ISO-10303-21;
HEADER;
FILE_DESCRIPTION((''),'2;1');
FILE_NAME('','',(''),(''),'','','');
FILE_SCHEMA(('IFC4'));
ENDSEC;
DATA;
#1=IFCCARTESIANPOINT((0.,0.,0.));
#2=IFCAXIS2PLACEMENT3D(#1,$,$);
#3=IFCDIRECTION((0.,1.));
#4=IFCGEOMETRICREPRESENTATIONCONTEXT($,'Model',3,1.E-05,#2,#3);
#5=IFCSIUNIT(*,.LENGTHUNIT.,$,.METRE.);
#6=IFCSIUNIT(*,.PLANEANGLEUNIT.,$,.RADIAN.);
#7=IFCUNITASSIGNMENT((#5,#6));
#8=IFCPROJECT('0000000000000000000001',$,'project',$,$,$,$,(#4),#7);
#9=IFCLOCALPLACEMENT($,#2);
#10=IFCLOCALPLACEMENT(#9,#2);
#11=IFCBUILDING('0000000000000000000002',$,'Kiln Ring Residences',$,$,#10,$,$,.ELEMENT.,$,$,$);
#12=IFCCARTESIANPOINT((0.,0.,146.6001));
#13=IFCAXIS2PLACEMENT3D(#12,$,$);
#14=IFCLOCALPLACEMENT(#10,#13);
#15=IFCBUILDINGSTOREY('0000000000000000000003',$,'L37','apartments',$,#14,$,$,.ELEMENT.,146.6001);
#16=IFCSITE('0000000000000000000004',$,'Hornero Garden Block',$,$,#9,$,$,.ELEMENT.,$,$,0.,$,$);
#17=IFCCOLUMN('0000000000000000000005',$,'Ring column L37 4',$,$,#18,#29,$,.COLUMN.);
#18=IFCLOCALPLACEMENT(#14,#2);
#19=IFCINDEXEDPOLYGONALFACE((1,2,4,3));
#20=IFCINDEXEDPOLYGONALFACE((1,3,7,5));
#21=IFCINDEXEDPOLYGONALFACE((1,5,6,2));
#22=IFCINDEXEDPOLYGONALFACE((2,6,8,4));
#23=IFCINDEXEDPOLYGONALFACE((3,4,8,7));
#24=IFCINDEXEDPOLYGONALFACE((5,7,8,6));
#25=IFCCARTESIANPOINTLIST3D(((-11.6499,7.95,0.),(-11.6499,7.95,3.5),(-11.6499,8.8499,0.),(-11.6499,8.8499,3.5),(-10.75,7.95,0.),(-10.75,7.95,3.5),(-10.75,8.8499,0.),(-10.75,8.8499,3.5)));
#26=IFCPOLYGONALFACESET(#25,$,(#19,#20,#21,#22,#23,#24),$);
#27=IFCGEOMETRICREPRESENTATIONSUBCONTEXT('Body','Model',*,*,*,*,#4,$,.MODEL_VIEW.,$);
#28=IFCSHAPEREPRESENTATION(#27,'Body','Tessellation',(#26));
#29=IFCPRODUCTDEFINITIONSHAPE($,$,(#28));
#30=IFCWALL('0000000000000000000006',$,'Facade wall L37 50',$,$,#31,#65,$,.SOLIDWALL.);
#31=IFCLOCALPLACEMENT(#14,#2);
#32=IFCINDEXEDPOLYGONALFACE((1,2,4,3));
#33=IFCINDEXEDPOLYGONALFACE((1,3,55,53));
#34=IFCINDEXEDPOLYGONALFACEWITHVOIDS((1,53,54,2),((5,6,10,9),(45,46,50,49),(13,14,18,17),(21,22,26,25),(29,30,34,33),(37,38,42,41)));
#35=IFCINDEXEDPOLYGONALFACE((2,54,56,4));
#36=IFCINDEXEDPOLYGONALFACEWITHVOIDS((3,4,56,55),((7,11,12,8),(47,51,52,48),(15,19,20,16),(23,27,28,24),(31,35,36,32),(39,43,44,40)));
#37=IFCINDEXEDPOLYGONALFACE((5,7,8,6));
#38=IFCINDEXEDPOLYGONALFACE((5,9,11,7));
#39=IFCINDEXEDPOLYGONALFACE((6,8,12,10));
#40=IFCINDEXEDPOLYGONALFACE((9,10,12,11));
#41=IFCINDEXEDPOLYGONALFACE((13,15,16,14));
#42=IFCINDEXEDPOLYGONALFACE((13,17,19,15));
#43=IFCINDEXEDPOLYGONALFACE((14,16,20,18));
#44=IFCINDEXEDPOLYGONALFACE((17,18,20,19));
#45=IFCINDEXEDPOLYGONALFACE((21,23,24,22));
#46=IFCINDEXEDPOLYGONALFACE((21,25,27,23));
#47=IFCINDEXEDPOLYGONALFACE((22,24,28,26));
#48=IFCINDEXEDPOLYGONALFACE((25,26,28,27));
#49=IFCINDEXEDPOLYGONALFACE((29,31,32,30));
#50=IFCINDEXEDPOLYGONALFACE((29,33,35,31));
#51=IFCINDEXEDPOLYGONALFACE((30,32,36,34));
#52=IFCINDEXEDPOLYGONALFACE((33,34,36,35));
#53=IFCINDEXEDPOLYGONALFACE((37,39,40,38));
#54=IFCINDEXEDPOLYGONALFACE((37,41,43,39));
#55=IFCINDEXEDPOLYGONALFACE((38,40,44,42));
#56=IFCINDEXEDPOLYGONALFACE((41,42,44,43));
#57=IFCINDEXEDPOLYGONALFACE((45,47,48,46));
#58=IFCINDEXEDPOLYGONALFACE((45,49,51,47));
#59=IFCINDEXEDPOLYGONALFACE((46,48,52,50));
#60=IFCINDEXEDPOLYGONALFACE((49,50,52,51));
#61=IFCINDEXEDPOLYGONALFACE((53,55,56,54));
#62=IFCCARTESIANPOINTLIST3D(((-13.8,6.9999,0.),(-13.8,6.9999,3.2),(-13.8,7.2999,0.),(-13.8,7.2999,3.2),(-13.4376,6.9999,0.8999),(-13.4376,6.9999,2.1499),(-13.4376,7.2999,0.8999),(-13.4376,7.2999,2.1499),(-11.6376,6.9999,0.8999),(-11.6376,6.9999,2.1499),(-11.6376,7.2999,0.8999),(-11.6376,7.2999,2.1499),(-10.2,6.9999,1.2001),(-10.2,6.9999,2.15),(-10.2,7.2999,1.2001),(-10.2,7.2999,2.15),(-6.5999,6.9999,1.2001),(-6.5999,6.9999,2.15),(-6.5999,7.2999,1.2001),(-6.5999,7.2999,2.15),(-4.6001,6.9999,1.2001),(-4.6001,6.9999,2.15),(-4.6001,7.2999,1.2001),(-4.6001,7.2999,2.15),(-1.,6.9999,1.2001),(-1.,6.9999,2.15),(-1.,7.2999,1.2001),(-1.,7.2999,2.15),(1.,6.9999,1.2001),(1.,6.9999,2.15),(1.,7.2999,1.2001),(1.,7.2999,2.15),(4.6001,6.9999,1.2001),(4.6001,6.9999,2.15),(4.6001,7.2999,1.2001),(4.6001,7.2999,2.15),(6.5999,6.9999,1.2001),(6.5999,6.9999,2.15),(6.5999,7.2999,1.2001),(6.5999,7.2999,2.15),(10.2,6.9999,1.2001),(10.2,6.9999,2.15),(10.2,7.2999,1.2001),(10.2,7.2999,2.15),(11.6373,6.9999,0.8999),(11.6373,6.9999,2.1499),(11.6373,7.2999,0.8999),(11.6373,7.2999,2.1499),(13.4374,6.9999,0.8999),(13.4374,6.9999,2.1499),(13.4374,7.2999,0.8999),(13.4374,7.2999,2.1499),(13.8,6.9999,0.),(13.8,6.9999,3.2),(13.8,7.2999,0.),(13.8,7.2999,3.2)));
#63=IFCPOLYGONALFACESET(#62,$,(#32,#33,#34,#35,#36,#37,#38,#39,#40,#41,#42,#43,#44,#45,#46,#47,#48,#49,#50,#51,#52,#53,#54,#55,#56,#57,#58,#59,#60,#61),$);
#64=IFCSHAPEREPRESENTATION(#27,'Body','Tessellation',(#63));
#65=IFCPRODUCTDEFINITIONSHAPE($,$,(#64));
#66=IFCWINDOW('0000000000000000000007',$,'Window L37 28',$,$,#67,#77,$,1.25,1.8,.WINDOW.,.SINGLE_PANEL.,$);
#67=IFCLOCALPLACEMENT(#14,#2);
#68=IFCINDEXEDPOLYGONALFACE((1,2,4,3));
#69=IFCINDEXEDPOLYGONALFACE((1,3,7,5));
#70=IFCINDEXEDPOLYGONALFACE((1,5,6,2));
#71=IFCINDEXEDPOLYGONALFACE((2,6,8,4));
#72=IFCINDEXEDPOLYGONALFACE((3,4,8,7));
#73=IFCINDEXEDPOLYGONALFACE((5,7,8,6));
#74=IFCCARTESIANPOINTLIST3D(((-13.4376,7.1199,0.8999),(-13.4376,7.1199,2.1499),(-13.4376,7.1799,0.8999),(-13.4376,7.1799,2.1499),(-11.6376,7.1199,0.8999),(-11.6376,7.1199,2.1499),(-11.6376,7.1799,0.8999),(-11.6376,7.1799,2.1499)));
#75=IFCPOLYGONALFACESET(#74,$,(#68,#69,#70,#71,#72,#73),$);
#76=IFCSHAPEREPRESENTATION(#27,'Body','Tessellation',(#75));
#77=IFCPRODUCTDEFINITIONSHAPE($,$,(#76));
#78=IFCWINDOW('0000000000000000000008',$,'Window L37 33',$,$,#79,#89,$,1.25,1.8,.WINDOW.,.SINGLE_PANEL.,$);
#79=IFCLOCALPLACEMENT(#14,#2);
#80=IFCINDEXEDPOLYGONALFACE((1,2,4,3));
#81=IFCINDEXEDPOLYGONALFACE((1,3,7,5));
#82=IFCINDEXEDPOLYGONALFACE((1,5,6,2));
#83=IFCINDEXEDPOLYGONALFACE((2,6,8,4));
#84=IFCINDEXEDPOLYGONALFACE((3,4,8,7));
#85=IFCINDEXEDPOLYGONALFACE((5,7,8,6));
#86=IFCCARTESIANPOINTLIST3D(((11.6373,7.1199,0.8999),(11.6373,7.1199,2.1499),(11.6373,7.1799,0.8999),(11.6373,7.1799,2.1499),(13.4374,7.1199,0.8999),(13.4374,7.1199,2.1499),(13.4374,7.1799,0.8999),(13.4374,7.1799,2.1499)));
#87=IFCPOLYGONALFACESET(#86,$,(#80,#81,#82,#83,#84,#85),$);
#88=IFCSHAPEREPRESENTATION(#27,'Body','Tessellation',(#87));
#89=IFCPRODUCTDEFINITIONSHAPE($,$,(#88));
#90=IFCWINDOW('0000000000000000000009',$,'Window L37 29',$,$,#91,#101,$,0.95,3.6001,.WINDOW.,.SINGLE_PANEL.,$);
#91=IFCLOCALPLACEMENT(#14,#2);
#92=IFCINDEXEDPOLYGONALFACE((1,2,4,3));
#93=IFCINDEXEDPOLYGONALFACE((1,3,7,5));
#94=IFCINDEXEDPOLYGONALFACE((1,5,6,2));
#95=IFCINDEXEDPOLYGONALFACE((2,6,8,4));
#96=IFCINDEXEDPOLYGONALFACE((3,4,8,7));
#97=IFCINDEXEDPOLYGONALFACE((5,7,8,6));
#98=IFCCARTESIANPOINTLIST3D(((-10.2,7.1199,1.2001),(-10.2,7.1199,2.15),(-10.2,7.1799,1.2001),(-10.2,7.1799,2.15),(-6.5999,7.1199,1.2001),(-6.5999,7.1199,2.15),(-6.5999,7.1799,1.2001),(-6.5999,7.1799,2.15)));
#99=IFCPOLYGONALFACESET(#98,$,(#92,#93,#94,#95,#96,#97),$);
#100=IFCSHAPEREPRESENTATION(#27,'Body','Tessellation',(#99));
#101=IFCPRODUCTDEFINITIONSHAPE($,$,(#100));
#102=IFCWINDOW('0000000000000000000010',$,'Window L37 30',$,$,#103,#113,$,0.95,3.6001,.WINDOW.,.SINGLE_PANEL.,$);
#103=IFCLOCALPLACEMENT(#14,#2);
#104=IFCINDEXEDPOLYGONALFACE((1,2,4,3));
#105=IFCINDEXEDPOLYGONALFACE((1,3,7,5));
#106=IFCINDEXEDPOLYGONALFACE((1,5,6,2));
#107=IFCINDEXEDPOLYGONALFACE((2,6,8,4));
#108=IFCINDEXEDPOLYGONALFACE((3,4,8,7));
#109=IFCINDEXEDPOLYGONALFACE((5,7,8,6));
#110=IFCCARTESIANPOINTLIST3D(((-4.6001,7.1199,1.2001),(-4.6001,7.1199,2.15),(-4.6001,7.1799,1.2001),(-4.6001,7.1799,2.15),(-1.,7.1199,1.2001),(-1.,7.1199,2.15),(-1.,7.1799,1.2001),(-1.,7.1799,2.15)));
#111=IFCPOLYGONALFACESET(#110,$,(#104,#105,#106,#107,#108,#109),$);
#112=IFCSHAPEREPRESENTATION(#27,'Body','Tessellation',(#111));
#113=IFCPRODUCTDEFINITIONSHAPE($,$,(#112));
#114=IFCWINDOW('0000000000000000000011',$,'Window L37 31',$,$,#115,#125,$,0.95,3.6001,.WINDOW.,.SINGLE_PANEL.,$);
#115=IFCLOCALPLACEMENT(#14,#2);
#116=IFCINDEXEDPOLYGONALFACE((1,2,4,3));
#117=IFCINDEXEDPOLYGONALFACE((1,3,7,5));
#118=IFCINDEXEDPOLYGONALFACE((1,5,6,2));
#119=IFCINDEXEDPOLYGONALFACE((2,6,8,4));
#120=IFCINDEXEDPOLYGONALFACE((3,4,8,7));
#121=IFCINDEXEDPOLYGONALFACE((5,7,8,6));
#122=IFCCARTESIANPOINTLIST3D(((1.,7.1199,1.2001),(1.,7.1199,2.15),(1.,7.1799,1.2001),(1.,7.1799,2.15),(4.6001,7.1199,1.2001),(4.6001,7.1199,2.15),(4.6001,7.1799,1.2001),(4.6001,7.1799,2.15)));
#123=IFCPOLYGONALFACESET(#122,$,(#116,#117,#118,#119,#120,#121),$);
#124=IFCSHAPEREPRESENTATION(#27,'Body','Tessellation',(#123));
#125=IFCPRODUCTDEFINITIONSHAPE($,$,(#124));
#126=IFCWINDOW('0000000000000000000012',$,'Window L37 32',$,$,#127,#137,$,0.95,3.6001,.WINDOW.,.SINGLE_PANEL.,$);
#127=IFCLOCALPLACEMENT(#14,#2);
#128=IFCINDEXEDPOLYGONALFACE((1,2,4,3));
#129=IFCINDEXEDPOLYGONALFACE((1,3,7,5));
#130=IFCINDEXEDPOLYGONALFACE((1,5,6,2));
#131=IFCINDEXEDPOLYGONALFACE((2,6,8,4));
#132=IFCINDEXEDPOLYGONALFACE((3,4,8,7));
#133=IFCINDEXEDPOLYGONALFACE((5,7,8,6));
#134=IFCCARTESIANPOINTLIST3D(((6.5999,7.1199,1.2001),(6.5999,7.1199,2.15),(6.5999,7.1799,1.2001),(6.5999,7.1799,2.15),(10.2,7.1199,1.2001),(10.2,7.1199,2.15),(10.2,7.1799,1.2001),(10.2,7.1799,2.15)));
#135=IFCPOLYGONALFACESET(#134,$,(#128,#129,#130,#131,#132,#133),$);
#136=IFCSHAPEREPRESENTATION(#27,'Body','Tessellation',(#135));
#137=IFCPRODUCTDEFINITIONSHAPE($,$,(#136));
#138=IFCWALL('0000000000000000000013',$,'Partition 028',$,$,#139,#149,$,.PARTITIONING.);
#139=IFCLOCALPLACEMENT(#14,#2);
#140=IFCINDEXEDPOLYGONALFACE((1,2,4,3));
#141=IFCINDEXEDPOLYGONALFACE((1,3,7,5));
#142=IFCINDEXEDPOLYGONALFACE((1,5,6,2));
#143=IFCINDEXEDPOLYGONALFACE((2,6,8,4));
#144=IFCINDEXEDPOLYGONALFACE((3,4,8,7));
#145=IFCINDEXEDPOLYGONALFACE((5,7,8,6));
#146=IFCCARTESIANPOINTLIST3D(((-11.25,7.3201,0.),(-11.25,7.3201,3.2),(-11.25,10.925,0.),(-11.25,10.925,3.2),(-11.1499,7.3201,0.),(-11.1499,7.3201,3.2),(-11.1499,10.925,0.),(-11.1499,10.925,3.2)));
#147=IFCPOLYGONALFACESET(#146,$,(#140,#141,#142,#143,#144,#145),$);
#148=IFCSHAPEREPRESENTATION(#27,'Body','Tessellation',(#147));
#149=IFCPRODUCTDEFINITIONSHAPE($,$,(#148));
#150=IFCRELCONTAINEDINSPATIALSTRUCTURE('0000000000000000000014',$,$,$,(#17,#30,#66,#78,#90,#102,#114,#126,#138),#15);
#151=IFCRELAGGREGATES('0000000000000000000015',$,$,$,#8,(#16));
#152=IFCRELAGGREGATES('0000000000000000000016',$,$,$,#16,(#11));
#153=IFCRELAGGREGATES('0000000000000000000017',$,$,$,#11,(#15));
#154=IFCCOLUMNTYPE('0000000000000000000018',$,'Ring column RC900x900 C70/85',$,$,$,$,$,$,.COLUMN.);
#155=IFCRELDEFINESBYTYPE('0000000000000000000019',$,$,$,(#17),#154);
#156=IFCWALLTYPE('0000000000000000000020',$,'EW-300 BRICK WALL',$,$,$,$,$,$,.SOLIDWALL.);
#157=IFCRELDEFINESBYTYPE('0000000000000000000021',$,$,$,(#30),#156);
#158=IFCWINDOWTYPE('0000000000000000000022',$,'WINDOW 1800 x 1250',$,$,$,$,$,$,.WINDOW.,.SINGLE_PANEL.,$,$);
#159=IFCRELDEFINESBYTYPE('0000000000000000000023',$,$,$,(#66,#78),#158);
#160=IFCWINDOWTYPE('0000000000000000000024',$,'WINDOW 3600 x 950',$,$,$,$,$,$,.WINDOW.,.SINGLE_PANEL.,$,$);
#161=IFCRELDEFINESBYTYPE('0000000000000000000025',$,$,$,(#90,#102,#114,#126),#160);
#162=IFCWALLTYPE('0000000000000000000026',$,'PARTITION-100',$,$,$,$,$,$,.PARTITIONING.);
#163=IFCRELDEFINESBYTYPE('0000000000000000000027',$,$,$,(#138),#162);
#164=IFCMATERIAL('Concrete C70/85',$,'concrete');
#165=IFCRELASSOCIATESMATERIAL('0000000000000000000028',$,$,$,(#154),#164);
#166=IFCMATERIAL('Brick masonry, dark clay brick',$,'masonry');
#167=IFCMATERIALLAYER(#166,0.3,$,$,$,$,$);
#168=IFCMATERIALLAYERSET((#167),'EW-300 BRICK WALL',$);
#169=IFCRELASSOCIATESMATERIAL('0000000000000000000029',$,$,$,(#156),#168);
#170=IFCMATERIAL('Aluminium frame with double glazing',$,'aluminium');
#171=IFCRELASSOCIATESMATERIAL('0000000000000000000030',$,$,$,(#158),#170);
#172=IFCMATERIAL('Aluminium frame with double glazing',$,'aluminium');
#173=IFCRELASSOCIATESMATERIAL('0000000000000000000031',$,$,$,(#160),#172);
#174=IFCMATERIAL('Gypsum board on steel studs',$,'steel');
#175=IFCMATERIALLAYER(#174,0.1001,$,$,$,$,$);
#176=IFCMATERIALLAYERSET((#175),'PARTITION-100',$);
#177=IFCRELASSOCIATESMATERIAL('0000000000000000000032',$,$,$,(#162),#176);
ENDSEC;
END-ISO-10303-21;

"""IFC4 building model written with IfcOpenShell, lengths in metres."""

from ifc_helpers import new_model, si_unit, direction, frame, frame_2d, origin, origin_2d, place, context, subcontext, project, spatial, rectangle, extrude, material, layer, layer_set, material_profile, profile_set, type_object, element, fill, save


model = new_model("IFC4")

# Units and contexts
model_context = context("Model", 3, precision=1e-05, world=origin(), true_north=direction((0.0, 1.0)))
body_context = subcontext(model_context, "Body", "Model", "MODEL_VIEW")
ifc_project = project(units=[si_unit("LENGTHUNIT", "METRE"), si_unit("PLANEANGLEUNIT", "RADIAN")], contexts=[model_context])

# Site, building, storey
site_placement = place(None, origin())
site = spatial("IfcSite", under=ifc_project, at=site_placement, Name="Hornero Garden Block", CompositionType="ELEMENT", RefElevation=0.0)
building_placement = place(site_placement, origin())
building = spatial("IfcBuilding", under=site, at=building_placement, Name="Kiln Ring Residences", CompositionType="ELEMENT")
storey_placement = place(building_placement, frame((0.0, 0.0, 146.6001)))
storey = spatial("IfcBuildingStorey", under=building, at=storey_placement, Name="L37", Description="apartments", CompositionType="ELEMENT", Elevation=146.6001)

# Column
ifc_material_1 = material(Name="Concrete C70/85", Category="concrete")
ifc_material_profile = material_profile(ifc_material_1, rectangle(XDim=0.8999, YDim=0.8999, at=origin_2d()), Name="RC900x900")
ifc_profile_set = profile_set([ifc_material_profile], Name="Concrete C70/85")
column_type = type_object("IfcColumnType", Name="Ring column RC900x900 C70/85", PredefinedType="COLUMN", material=ifc_profile_set)
column_placement = place(storey_placement, frame((-11.2, 8.3999, 0.0), z_axis=(0.0, 0.0, 1.0), x_axis=(1.0, 0.0, 0.0)))
element("IfcColumn", 1, at=column_placement, inside=storey, type_object=column_type, Name="Ring column L37 4", PredefinedType="COLUMN", context=body_context, shape_type="SweptSolid", body=[
    extrude(rectangle(XDim=0.8999, YDim=0.8999, at=origin_2d()), origin(), (0.0, 0.0, 1.0), 3.5),
])

# Wall, openings, windows
ifc_material_2 = material(Name="Brick masonry, dark clay brick", Category="masonry")
ifc_layer_1 = layer(ifc_material_2, 0.3)
ifc_layer_set_1 = layer_set([ifc_layer_1], Name="EW-300 BRICK WALL")
wall_type_1 = type_object("IfcWallType", Name="EW-300 BRICK WALL", PredefinedType="SOLIDWALL", material=ifc_layer_set_1)
wall_1_placement = place(storey_placement, frame((-13.8, 7.1499, 0.0), z_axis=(0.0, 0.0, 1.0), x_axis=(1.0, 0.0, 0.0)))
wall_1 = element("IfcWall", 2, at=wall_1_placement, inside=storey, type_object=wall_type_1, Name="Facade wall L37 50", PredefinedType="SOLIDWALL", context=body_context, shape_type="SweptSolid", body=[
    extrude(rectangle(XDim=27.6001, YDim=0.3, at=frame_2d((13.8, 0.0))), origin(), (0.0, 0.0, 1.0), 3.2),
])
opening_1_placement = place(wall_1_placement, frame((0.3625, 0.0, 0.8999)))
opening_1 = element("IfcOpeningElement", 3, at=opening_1_placement, cuts=wall_1, PredefinedType="OPENING", context=body_context, shape_type="SweptSolid", body=[
    extrude(rectangle(XDim=1.8, YDim=1.25, at=frame_2d((0.8999, 0.625))), frame((0.0, 0.1599, 0.0), z_axis=(0.0, -1.0, 0.0), x_axis=(1.0, 0.0, 0.0)), (0.0, 0.0, 1.0), 0.3201),
])
opening_2_placement = place(wall_1_placement, frame((3.6001, 0.0, 1.2)))
opening_2 = element("IfcOpeningElement", 4, at=opening_2_placement, cuts=wall_1, PredefinedType="OPENING", context=body_context, shape_type="SweptSolid", body=[
    extrude(rectangle(XDim=3.6001, YDim=0.95, at=frame_2d((1.8, 0.4751))), frame((0.0, 0.1599, 0.0), z_axis=(0.0, -1.0, 0.0), x_axis=(1.0, 0.0, 0.0)), (0.0, 0.0, 1.0), 0.3201),
])
opening_3_placement = place(wall_1_placement, frame((9.2, 0.0, 1.2)))
opening_3 = element("IfcOpeningElement", 5, at=opening_3_placement, cuts=wall_1, PredefinedType="OPENING", context=body_context, shape_type="SweptSolid", body=[
    extrude(rectangle(XDim=3.6001, YDim=0.95, at=frame_2d((1.8, 0.4751))), frame((0.0, 0.1599, 0.0), z_axis=(0.0, -1.0, 0.0), x_axis=(1.0, 0.0, 0.0)), (0.0, 0.0, 1.0), 0.3201),
])
opening_4_placement = place(wall_1_placement, frame((14.8, 0.0, 1.2)))
opening_4 = element("IfcOpeningElement", 6, at=opening_4_placement, cuts=wall_1, PredefinedType="OPENING", context=body_context, shape_type="SweptSolid", body=[
    extrude(rectangle(XDim=3.6001, YDim=0.95, at=frame_2d((1.8, 0.4751))), frame((0.0, 0.1599, 0.0), z_axis=(0.0, -1.0, 0.0), x_axis=(1.0, 0.0, 0.0)), (0.0, 0.0, 1.0), 0.3201),
])
opening_5_placement = place(wall_1_placement, frame((20.3999, 0.0, 1.2)))
opening_5 = element("IfcOpeningElement", 7, at=opening_5_placement, cuts=wall_1, PredefinedType="OPENING", context=body_context, shape_type="SweptSolid", body=[
    extrude(rectangle(XDim=3.6001, YDim=0.95, at=frame_2d((1.8, 0.4751))), frame((0.0, 0.1599, 0.0), z_axis=(0.0, -1.0, 0.0), x_axis=(1.0, 0.0, 0.0)), (0.0, 0.0, 1.0), 0.3201),
])
opening_6_placement = place(wall_1_placement, frame((25.4375, 0.0, 0.8999)))
opening_6 = element("IfcOpeningElement", 8, at=opening_6_placement, cuts=wall_1, PredefinedType="OPENING", context=body_context, shape_type="SweptSolid", body=[
    extrude(rectangle(XDim=1.8, YDim=1.25, at=frame_2d((0.8999, 0.625))), frame((0.0, 0.1599, 0.0), z_axis=(0.0, -1.0, 0.0), x_axis=(1.0, 0.0, 0.0)), (0.0, 0.0, 1.0), 0.3201),
])
ifc_material_3 = material(Name="Aluminium frame with double glazing", Category="aluminium")
window_type_1 = type_object("IfcWindowType", Name="WINDOW 1800 x 1250", PartitioningType="SINGLE_PANEL", PredefinedType="WINDOW", material=ifc_material_3)
window_1_placement = place(opening_1_placement, origin())
window_1 = element("IfcWindow", 9, at=window_1_placement, inside=storey, type_object=window_type_1, Name="Window L37 28", OverallHeight=1.25, OverallWidth=1.8, PartitioningType="SINGLE_PANEL", PredefinedType="WINDOW", context=body_context, shape_type="SweptSolid", body=[
    extrude(rectangle(XDim=1.8, YDim=1.25, at=frame_2d((0.8999, 0.625))), frame((0.0, 0.03, 0.0), z_axis=(0.0, -1.0, 0.0), x_axis=(1.0, 0.0, 0.0)), (0.0, 0.0, 1.0), 0.0601),
])
fill(opening_1, window_1)
window_2_placement = place(opening_6_placement, origin())
window_2 = element("IfcWindow", 10, at=window_2_placement, inside=storey, type_object=window_type_1, Name="Window L37 33", OverallHeight=1.25, OverallWidth=1.8, PartitioningType="SINGLE_PANEL", PredefinedType="WINDOW", context=body_context, shape_type="SweptSolid", body=[
    extrude(rectangle(XDim=1.8, YDim=1.25, at=frame_2d((0.8999, 0.625))), frame((0.0, 0.03, 0.0), z_axis=(0.0, -1.0, 0.0), x_axis=(1.0, 0.0, 0.0)), (0.0, 0.0, 1.0), 0.0601),
])
fill(opening_6, window_2)
ifc_material_4 = material(Name="Aluminium frame with double glazing", Category="aluminium")
window_type_2 = type_object("IfcWindowType", Name="WINDOW 3600 x 950", PartitioningType="SINGLE_PANEL", PredefinedType="WINDOW", material=ifc_material_4)
window_3_placement = place(opening_2_placement, origin())
window_3 = element("IfcWindow", 11, at=window_3_placement, inside=storey, type_object=window_type_2, Name="Window L37 29", OverallHeight=0.95, OverallWidth=3.6001, PartitioningType="SINGLE_PANEL", PredefinedType="WINDOW", context=body_context, shape_type="SweptSolid", body=[
    extrude(rectangle(XDim=3.6001, YDim=0.95, at=frame_2d((1.8, 0.4751))), frame((0.0, 0.03, 0.0), z_axis=(0.0, -1.0, 0.0), x_axis=(1.0, 0.0, 0.0)), (0.0, 0.0, 1.0), 0.0601),
])
fill(opening_2, window_3)
window_4_placement = place(opening_3_placement, origin())
window_4 = element("IfcWindow", 12, at=window_4_placement, inside=storey, type_object=window_type_2, Name="Window L37 30", OverallHeight=0.95, OverallWidth=3.6001, PartitioningType="SINGLE_PANEL", PredefinedType="WINDOW", context=body_context, shape_type="SweptSolid", body=[
    extrude(rectangle(XDim=3.6001, YDim=0.95, at=frame_2d((1.8, 0.4751))), frame((0.0, 0.03, 0.0), z_axis=(0.0, -1.0, 0.0), x_axis=(1.0, 0.0, 0.0)), (0.0, 0.0, 1.0), 0.0601),
])
fill(opening_3, window_4)
window_5_placement = place(opening_4_placement, origin())
window_5 = element("IfcWindow", 13, at=window_5_placement, inside=storey, type_object=window_type_2, Name="Window L37 31", OverallHeight=0.95, OverallWidth=3.6001, PartitioningType="SINGLE_PANEL", PredefinedType="WINDOW", context=body_context, shape_type="SweptSolid", body=[
    extrude(rectangle(XDim=3.6001, YDim=0.95, at=frame_2d((1.8, 0.4751))), frame((0.0, 0.03, 0.0), z_axis=(0.0, -1.0, 0.0), x_axis=(1.0, 0.0, 0.0)), (0.0, 0.0, 1.0), 0.0601),
])
fill(opening_4, window_5)
window_6_placement = place(opening_5_placement, origin())
window_6 = element("IfcWindow", 14, at=window_6_placement, inside=storey, type_object=window_type_2, Name="Window L37 32", OverallHeight=0.95, OverallWidth=3.6001, PartitioningType="SINGLE_PANEL", PredefinedType="WINDOW", context=body_context, shape_type="SweptSolid", body=[
    extrude(rectangle(XDim=3.6001, YDim=0.95, at=frame_2d((1.8, 0.4751))), frame((0.0, 0.03, 0.0), z_axis=(0.0, -1.0, 0.0), x_axis=(1.0, 0.0, 0.0)), (0.0, 0.0, 1.0), 0.0601),
])
fill(opening_5, window_6)

# Wall
ifc_material_5 = material(Name="Gypsum board on steel studs", Category="steel")
ifc_layer_2 = layer(ifc_material_5, 0.1001)
ifc_layer_set_2 = layer_set([ifc_layer_2], Name="PARTITION-100")
wall_type_2 = type_object("IfcWallType", Name="PARTITION-100", PredefinedType="PARTITIONING", material=ifc_layer_set_2)
wall_2_placement = place(storey_placement, frame((-11.2, 7.3201, 0.0), z_axis=(0.0, 0.0, 1.0), x_axis=(0.0, 1.0, 0.0)))
element("IfcWall", 15, at=wall_2_placement, inside=storey, type_object=wall_type_2, Name="Partition 028", PredefinedType="PARTITIONING", context=body_context, shape_type="SweptSolid", body=[
    extrude(rectangle(XDim=3.605, YDim=0.1001, at=frame_2d((1.8025, 0.0))), origin(), (0.0, 0.0, 1.0), 3.2),
])

save(model, "model.ifc")
